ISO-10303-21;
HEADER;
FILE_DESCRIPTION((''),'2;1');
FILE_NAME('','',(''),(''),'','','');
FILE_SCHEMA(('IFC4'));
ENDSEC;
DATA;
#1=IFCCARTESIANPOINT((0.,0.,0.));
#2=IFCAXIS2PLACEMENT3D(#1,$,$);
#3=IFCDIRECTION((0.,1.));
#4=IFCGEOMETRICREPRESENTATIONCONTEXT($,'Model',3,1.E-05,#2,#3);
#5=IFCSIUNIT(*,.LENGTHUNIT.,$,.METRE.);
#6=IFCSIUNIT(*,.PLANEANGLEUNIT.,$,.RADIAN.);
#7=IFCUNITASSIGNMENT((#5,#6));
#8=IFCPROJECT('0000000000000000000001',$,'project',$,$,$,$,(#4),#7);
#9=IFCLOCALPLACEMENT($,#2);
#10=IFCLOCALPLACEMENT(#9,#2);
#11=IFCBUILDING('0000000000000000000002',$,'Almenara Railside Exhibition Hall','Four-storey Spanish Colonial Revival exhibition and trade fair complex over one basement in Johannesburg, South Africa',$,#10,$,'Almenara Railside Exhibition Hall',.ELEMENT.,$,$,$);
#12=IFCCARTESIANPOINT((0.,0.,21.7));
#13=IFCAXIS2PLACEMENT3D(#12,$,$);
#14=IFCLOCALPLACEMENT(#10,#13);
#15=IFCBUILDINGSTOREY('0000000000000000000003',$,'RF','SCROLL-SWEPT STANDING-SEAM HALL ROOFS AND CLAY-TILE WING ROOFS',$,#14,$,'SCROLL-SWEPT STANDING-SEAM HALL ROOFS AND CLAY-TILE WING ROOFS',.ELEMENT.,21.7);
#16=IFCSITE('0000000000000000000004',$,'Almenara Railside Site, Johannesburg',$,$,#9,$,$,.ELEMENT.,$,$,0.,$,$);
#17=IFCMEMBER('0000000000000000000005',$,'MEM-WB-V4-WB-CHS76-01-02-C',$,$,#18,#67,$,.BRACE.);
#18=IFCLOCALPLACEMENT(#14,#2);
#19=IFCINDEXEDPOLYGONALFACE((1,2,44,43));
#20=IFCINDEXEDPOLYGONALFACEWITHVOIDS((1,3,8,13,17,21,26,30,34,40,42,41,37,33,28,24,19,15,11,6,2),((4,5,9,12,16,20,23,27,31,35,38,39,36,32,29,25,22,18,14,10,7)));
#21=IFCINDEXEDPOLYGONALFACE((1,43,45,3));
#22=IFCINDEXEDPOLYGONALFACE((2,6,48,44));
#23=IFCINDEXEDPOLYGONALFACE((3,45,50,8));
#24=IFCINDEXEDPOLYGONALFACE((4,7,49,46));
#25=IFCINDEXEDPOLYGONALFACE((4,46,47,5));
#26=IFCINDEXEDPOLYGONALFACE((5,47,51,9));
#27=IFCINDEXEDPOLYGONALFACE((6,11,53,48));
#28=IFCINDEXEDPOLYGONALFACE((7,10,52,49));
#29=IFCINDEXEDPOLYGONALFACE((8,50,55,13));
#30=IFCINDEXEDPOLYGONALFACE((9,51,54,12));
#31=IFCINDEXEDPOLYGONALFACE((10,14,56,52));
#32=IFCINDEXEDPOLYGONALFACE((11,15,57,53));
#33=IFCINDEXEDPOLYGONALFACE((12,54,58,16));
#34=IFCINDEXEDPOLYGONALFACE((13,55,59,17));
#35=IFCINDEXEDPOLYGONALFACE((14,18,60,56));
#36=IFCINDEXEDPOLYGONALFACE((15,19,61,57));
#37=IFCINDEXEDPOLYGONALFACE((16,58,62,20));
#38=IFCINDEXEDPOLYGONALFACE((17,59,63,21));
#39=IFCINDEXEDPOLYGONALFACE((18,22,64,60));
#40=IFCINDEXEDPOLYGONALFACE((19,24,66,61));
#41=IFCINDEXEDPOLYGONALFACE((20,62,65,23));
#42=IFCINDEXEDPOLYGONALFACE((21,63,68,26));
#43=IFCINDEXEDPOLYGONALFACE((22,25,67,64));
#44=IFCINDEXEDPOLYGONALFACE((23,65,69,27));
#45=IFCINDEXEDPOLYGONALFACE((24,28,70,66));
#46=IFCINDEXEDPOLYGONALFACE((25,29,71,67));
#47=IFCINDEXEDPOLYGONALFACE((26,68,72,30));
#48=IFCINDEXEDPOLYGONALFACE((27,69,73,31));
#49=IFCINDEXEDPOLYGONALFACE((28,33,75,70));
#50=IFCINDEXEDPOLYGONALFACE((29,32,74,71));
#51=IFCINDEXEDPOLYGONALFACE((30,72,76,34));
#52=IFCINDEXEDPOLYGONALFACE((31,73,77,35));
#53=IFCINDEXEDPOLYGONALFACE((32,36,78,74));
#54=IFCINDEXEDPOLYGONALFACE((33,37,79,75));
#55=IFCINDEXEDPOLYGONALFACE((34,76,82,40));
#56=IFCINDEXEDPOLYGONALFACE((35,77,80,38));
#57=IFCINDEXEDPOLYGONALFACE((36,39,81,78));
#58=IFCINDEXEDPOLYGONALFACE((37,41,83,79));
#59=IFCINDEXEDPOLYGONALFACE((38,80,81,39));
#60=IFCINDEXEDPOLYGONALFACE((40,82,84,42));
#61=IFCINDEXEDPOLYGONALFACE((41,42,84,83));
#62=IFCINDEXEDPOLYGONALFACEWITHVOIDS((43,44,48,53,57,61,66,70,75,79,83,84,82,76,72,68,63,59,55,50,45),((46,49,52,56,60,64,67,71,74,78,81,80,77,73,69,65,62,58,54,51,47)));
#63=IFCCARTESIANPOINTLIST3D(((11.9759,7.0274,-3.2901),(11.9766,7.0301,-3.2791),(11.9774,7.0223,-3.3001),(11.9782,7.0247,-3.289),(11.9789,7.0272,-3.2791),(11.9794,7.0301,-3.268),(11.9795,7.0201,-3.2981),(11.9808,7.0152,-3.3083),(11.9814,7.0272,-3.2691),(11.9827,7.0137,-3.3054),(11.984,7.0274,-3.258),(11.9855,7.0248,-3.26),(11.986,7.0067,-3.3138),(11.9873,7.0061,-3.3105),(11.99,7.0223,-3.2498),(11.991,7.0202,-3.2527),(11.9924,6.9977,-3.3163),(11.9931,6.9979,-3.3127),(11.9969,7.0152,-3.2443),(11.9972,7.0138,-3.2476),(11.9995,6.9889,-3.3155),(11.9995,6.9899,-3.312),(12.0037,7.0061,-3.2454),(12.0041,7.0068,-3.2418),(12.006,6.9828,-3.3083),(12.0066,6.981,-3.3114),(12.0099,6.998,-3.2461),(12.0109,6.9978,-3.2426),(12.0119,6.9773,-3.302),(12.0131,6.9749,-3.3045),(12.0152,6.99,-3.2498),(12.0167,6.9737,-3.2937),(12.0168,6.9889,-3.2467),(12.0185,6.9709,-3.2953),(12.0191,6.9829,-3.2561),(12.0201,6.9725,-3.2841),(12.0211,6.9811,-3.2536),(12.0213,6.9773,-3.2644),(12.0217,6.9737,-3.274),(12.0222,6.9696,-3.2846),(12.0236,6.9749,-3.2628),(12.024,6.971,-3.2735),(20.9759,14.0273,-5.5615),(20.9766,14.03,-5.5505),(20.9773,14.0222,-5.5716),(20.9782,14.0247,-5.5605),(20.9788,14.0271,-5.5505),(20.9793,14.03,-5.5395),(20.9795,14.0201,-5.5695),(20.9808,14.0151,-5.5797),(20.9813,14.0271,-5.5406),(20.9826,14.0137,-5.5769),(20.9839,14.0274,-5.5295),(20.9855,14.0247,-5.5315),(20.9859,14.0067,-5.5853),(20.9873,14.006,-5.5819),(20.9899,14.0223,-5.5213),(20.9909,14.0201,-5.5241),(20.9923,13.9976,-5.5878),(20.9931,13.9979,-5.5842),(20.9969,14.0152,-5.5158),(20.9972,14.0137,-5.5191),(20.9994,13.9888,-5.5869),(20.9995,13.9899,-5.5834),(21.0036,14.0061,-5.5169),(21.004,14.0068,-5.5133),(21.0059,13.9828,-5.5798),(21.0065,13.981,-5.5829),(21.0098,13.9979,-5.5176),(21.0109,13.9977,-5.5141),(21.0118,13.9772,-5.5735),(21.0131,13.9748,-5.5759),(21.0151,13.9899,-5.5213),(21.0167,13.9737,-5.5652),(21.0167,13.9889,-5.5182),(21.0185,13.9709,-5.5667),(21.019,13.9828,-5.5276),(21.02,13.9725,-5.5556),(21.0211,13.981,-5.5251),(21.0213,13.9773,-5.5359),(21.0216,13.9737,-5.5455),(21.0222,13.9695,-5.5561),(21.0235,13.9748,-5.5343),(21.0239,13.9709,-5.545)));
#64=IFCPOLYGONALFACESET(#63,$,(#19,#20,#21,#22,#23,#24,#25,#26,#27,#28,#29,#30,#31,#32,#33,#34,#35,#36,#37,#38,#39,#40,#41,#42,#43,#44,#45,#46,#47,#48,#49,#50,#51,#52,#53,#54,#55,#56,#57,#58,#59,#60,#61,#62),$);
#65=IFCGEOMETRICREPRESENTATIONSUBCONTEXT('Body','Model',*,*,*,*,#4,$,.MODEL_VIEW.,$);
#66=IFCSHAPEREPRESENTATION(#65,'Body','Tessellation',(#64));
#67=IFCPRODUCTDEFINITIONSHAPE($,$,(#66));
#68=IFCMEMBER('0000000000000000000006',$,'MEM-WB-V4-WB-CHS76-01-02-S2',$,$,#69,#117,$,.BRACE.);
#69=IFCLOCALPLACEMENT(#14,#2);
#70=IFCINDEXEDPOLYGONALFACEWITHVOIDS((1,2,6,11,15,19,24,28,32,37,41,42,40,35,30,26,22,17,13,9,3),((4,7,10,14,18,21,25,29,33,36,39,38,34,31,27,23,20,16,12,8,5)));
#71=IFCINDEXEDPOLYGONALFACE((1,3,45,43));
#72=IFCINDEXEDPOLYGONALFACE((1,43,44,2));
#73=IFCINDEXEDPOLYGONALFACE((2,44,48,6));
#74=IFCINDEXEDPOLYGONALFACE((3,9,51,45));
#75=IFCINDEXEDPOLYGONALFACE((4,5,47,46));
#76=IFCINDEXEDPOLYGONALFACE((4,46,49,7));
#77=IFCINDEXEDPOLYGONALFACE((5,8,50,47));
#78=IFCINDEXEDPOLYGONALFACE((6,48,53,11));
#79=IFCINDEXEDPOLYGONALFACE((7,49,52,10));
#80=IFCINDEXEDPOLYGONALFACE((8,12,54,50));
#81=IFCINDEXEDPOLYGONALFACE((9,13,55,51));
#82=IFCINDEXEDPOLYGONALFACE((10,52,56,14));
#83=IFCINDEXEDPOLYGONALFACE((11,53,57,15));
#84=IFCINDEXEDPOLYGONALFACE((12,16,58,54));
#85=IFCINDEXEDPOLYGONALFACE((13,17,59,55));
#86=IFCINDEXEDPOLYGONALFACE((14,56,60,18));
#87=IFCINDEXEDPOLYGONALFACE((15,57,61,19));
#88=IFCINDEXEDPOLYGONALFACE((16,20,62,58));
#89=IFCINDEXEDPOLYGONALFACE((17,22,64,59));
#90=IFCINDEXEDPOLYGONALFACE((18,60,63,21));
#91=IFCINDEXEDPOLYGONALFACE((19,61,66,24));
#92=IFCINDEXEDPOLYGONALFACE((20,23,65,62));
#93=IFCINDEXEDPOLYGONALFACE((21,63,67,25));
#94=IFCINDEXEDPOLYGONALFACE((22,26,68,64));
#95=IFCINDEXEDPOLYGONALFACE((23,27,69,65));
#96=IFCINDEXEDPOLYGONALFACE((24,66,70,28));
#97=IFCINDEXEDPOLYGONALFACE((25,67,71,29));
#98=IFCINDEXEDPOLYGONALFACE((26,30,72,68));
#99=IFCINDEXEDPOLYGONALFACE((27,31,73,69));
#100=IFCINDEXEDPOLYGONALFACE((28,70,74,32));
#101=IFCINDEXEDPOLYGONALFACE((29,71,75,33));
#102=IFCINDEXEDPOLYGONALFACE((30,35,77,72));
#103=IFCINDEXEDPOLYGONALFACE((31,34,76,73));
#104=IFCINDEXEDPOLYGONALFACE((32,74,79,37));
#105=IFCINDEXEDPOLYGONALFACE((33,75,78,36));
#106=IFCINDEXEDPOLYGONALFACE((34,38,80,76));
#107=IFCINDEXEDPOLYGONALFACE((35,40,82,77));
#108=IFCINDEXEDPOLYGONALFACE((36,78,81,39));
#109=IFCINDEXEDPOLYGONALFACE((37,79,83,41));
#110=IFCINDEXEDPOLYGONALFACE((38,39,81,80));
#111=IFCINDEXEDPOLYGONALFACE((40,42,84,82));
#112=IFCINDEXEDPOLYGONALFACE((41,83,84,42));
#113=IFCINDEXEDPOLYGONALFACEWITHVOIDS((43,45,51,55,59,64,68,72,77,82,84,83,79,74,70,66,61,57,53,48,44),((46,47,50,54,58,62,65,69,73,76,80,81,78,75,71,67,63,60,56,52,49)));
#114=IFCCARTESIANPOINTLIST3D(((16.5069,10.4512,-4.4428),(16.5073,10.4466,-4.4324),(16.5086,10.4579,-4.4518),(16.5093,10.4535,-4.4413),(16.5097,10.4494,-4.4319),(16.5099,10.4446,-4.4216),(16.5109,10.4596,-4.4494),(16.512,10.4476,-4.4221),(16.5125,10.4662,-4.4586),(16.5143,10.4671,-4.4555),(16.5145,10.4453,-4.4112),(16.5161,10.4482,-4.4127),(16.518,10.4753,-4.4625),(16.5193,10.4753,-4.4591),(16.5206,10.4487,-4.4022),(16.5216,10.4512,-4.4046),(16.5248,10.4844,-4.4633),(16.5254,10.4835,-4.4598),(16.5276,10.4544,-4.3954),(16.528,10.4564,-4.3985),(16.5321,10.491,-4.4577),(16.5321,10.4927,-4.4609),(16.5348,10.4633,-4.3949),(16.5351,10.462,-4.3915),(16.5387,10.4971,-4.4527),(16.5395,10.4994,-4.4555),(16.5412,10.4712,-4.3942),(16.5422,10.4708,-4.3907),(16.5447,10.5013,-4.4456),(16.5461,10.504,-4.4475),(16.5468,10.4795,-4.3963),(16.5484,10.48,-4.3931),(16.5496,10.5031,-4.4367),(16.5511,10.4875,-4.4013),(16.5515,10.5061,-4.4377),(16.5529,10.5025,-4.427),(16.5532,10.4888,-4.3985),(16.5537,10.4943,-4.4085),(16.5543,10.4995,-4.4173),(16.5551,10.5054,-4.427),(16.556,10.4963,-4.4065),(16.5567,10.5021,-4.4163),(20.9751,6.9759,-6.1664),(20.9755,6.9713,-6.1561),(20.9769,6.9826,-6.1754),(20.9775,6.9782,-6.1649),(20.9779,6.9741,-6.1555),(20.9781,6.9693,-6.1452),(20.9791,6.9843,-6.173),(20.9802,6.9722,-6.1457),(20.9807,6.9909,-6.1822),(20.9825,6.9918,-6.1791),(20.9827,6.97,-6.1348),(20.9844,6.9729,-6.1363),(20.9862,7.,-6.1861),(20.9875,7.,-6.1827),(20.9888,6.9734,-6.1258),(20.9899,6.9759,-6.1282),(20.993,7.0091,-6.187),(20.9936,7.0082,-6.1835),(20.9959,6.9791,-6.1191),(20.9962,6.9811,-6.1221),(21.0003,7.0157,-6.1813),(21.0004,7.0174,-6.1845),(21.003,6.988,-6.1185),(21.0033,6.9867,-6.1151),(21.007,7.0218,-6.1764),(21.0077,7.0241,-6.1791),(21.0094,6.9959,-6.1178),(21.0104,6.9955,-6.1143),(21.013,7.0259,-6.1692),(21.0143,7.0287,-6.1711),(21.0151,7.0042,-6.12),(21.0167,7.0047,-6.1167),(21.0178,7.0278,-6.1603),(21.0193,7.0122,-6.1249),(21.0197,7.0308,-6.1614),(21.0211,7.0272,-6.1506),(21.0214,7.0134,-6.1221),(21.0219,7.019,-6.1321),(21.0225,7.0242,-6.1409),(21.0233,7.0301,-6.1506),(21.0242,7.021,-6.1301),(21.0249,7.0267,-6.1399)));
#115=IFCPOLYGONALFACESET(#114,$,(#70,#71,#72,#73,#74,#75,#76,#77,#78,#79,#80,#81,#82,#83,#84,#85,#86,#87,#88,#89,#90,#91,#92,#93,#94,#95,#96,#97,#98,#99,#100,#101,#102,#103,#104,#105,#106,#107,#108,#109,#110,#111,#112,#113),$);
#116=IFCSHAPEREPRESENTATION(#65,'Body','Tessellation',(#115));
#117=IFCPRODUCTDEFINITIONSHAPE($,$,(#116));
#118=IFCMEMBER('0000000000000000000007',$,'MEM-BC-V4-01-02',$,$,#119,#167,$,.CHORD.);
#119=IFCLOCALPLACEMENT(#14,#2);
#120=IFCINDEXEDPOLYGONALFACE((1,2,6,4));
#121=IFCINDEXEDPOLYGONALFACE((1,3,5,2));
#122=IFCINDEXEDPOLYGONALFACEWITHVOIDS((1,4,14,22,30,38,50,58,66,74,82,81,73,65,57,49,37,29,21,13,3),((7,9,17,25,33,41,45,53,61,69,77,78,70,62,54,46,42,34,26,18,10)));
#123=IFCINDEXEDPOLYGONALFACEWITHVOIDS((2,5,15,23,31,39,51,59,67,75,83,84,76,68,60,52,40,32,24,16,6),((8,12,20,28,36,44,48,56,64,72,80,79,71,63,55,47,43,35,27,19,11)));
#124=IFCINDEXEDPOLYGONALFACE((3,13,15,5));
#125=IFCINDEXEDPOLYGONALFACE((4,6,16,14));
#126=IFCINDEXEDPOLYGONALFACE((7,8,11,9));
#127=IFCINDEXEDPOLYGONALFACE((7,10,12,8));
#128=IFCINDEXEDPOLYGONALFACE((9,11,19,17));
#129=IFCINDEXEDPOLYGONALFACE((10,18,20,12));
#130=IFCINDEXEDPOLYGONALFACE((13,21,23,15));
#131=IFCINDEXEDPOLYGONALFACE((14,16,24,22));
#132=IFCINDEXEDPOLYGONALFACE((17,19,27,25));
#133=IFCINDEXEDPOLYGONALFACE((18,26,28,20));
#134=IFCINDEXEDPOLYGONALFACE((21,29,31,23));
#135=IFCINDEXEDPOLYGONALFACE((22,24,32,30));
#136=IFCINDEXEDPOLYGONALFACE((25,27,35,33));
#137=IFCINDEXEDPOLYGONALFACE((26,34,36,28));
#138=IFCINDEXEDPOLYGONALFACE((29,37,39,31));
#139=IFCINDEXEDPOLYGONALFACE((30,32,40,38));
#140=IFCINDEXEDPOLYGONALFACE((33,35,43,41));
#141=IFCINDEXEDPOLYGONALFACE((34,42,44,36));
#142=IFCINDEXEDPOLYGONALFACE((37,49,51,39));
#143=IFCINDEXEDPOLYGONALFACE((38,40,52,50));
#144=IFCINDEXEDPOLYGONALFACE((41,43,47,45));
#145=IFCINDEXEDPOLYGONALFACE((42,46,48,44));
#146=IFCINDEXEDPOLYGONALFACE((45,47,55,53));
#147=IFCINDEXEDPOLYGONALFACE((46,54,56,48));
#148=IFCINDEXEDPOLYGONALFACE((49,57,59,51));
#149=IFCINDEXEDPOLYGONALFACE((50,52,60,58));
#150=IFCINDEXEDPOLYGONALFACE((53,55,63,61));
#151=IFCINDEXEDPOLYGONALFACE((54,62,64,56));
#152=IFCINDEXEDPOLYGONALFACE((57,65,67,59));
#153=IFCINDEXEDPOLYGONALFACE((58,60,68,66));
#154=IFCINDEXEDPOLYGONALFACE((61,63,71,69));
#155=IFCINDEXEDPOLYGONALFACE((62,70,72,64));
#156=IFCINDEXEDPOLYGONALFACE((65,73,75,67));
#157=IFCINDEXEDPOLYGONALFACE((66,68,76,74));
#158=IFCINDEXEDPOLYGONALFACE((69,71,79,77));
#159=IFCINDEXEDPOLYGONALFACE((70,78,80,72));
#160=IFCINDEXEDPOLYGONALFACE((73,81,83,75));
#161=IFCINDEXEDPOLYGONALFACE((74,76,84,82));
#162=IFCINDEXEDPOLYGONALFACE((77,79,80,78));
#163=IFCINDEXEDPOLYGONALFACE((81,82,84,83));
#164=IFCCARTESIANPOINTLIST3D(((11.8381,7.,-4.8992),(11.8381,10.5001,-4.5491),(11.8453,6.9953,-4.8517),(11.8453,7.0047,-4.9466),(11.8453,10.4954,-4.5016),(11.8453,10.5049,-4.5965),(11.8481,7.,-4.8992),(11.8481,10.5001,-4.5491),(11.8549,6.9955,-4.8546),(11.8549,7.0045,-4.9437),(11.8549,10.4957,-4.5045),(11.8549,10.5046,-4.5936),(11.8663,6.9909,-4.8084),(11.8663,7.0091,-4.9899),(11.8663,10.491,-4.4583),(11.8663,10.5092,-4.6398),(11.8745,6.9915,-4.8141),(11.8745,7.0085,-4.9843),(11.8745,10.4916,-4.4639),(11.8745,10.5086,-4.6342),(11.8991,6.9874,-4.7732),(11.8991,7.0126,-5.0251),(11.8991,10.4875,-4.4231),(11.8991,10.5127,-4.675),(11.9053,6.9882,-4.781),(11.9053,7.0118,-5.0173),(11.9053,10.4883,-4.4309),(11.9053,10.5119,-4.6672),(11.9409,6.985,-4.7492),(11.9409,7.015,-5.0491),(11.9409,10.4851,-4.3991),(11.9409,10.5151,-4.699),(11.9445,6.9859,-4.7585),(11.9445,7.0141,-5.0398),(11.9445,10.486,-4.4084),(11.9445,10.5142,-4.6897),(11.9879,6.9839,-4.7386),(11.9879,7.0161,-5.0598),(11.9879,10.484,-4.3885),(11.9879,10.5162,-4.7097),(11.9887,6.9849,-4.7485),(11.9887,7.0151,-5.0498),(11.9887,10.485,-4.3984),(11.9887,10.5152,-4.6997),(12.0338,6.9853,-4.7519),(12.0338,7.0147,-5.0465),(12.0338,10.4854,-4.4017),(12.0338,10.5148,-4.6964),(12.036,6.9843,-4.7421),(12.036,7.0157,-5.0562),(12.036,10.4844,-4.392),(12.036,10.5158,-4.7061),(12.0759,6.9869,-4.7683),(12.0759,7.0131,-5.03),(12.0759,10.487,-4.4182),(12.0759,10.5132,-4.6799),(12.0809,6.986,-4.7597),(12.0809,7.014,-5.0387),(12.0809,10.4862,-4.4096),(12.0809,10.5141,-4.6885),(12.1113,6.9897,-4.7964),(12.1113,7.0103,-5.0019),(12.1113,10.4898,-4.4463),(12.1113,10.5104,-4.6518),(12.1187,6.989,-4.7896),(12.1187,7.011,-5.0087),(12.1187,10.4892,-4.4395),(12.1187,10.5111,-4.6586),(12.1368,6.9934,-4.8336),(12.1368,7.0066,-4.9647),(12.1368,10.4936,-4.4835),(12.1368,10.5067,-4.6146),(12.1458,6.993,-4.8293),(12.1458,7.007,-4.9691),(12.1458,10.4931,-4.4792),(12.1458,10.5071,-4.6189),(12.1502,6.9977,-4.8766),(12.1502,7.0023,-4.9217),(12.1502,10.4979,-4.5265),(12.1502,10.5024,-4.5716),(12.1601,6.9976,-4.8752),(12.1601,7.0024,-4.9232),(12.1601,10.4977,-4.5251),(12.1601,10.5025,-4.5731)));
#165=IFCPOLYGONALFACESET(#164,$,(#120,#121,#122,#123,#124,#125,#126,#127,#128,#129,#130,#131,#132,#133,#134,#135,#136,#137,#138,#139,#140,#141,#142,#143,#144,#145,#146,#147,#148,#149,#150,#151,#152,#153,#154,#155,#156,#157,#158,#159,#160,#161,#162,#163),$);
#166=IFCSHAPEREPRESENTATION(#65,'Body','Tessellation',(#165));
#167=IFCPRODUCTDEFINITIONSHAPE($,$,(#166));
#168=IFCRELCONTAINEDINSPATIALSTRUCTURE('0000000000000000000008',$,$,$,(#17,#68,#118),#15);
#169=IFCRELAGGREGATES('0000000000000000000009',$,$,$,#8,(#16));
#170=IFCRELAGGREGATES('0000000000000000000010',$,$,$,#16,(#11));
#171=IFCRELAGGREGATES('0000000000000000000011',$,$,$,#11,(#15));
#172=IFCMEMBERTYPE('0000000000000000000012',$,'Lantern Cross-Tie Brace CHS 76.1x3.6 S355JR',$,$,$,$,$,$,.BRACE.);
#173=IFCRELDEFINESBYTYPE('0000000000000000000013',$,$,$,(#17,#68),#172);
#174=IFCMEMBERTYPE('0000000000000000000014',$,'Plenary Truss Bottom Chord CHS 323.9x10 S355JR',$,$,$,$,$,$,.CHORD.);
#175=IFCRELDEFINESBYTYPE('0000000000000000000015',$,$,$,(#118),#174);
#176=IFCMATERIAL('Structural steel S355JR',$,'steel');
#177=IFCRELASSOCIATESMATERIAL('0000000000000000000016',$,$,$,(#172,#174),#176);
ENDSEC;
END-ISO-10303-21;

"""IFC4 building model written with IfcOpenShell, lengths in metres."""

from ifc_helpers import new_model, si_unit, direction, frame, origin, origin_2d, place, context, subcontext, project, spatial, hollow_circle, extrude, material, material_profile, profile_set, type_object, element, save


model = new_model("IFC4")

# Units and contexts
model_context = context("Model", 3, precision=1e-05, world=origin(), true_north=direction((0.0, 1.0)))
body_context = subcontext(model_context, "Body", "Model", "MODEL_VIEW")
ifc_project = project(units=[si_unit("LENGTHUNIT", "METRE"), si_unit("PLANEANGLEUNIT", "RADIAN")], contexts=[model_context])

# Site, building, storey
site_placement = place(None, origin())
site = spatial("IfcSite", under=ifc_project, at=site_placement, Name="Almenara Railside Site, Johannesburg", CompositionType="ELEMENT", RefElevation=0.0)
building_placement = place(site_placement, origin())
building = spatial("IfcBuilding", under=site, at=building_placement, Name="Almenara Railside Exhibition Hall", Description="Four-storey Spanish Colonial Revival exhibition and trade fair complex over one basement in Johannesburg, South Africa", LongName="Almenara Railside Exhibition Hall", CompositionType="ELEMENT")
storey_placement = place(building_placement, frame((0.0, 0.0, 21.7)))
storey = spatial("IfcBuildingStorey", under=building, at=storey_placement, Name="RF", Description="SCROLL-SWEPT STANDING-SEAM HALL ROOFS AND CLAY-TILE WING ROOFS", LongName="SCROLL-SWEPT STANDING-SEAM HALL ROOFS AND CLAY-TILE WING ROOFS", CompositionType="ELEMENT", Elevation=21.7)

# Shared definitions
ifc_material_1 = material(Name="Structural steel S355JR", Category="steel")

# Members
ifc_material_profile_1 = material_profile(ifc_material_1, hollow_circle(Radius=0.0381, WallThickness=0.0037, at=origin_2d()), Name="CHS 76.1x3.6")
ifc_profile_set_1 = profile_set([ifc_material_profile_1], Name="Structural steel S355JR")
member_type_1 = type_object("IfcMemberType", Name="Lantern Cross-Tie Brace CHS 76.1x3.6 S355JR", PredefinedType="BRACE", material=ifc_profile_set_1)
member_1_placement = place(storey_placement, frame((12.0, 7.0, -3.2791), z_axis=(0.774139, 0.602108, -0.195383), x_axis=(-0.613941, 0.789352, 0.0)))
element("IfcMember", 1, at=member_1_placement, inside=storey, type_object=member_type_1, Name="MEM-WB-V4-WB-CHS76-01-02-C", PredefinedType="BRACE", context=body_context, shape_type="SweptSolid", body=[
    extrude(hollow_circle(Radius=0.0381, WallThickness=0.0037, at=origin_2d()), origin(), (0.0, 0.0, 1.0), 11.6257),
])
member_2_placement = place(storey_placement, frame((16.5317, 10.4753, -4.427), z_axis=(0.75512, -0.58732, -0.291288), x_axis=(0.613944, 0.78935, 0.0)))
element("IfcMember", 2, at=member_2_placement, inside=storey, type_object=member_type_1, Name="MEM-WB-V4-WB-CHS76-01-02-S2", PredefinedType="BRACE", context=body_context, shape_type="SweptSolid", body=[
    extrude(hollow_circle(Radius=0.0381, WallThickness=0.0037, at=origin_2d()), origin(), (0.0, 0.0, 1.0), 5.9172),
])
ifc_material_profile_2 = material_profile(ifc_material_1, hollow_circle(Radius=0.1619, WallThickness=0.01, at=origin_2d()), Name="CHS 323.9x10")
ifc_profile_set_2 = profile_set([ifc_material_profile_2], Name="Structural steel S355JR")
member_type_2 = type_object("IfcMemberType", Name="Plenary Truss Bottom Chord CHS 323.9x10 S355JR", PredefinedType="CHORD", material=ifc_profile_set_2)
member_3_placement = place(storey_placement, frame((12.0, 7.0, -4.8992), z_axis=(0.0, 0.995034, 0.099531), x_axis=(-1.0, 0.0, 0.0)))
element("IfcMember", 3, at=member_3_placement, inside=storey, type_object=member_type_2, Name="MEM-BC-V4-01-02", PredefinedType="CHORD", context=body_context, shape_type="SweptSolid", body=[
    extrude(hollow_circle(Radius=0.1619, WallThickness=0.01, at=origin_2d()), origin(), (0.0, 0.0, 1.0), 3.5176),
])

save(model, "model.ifc")
